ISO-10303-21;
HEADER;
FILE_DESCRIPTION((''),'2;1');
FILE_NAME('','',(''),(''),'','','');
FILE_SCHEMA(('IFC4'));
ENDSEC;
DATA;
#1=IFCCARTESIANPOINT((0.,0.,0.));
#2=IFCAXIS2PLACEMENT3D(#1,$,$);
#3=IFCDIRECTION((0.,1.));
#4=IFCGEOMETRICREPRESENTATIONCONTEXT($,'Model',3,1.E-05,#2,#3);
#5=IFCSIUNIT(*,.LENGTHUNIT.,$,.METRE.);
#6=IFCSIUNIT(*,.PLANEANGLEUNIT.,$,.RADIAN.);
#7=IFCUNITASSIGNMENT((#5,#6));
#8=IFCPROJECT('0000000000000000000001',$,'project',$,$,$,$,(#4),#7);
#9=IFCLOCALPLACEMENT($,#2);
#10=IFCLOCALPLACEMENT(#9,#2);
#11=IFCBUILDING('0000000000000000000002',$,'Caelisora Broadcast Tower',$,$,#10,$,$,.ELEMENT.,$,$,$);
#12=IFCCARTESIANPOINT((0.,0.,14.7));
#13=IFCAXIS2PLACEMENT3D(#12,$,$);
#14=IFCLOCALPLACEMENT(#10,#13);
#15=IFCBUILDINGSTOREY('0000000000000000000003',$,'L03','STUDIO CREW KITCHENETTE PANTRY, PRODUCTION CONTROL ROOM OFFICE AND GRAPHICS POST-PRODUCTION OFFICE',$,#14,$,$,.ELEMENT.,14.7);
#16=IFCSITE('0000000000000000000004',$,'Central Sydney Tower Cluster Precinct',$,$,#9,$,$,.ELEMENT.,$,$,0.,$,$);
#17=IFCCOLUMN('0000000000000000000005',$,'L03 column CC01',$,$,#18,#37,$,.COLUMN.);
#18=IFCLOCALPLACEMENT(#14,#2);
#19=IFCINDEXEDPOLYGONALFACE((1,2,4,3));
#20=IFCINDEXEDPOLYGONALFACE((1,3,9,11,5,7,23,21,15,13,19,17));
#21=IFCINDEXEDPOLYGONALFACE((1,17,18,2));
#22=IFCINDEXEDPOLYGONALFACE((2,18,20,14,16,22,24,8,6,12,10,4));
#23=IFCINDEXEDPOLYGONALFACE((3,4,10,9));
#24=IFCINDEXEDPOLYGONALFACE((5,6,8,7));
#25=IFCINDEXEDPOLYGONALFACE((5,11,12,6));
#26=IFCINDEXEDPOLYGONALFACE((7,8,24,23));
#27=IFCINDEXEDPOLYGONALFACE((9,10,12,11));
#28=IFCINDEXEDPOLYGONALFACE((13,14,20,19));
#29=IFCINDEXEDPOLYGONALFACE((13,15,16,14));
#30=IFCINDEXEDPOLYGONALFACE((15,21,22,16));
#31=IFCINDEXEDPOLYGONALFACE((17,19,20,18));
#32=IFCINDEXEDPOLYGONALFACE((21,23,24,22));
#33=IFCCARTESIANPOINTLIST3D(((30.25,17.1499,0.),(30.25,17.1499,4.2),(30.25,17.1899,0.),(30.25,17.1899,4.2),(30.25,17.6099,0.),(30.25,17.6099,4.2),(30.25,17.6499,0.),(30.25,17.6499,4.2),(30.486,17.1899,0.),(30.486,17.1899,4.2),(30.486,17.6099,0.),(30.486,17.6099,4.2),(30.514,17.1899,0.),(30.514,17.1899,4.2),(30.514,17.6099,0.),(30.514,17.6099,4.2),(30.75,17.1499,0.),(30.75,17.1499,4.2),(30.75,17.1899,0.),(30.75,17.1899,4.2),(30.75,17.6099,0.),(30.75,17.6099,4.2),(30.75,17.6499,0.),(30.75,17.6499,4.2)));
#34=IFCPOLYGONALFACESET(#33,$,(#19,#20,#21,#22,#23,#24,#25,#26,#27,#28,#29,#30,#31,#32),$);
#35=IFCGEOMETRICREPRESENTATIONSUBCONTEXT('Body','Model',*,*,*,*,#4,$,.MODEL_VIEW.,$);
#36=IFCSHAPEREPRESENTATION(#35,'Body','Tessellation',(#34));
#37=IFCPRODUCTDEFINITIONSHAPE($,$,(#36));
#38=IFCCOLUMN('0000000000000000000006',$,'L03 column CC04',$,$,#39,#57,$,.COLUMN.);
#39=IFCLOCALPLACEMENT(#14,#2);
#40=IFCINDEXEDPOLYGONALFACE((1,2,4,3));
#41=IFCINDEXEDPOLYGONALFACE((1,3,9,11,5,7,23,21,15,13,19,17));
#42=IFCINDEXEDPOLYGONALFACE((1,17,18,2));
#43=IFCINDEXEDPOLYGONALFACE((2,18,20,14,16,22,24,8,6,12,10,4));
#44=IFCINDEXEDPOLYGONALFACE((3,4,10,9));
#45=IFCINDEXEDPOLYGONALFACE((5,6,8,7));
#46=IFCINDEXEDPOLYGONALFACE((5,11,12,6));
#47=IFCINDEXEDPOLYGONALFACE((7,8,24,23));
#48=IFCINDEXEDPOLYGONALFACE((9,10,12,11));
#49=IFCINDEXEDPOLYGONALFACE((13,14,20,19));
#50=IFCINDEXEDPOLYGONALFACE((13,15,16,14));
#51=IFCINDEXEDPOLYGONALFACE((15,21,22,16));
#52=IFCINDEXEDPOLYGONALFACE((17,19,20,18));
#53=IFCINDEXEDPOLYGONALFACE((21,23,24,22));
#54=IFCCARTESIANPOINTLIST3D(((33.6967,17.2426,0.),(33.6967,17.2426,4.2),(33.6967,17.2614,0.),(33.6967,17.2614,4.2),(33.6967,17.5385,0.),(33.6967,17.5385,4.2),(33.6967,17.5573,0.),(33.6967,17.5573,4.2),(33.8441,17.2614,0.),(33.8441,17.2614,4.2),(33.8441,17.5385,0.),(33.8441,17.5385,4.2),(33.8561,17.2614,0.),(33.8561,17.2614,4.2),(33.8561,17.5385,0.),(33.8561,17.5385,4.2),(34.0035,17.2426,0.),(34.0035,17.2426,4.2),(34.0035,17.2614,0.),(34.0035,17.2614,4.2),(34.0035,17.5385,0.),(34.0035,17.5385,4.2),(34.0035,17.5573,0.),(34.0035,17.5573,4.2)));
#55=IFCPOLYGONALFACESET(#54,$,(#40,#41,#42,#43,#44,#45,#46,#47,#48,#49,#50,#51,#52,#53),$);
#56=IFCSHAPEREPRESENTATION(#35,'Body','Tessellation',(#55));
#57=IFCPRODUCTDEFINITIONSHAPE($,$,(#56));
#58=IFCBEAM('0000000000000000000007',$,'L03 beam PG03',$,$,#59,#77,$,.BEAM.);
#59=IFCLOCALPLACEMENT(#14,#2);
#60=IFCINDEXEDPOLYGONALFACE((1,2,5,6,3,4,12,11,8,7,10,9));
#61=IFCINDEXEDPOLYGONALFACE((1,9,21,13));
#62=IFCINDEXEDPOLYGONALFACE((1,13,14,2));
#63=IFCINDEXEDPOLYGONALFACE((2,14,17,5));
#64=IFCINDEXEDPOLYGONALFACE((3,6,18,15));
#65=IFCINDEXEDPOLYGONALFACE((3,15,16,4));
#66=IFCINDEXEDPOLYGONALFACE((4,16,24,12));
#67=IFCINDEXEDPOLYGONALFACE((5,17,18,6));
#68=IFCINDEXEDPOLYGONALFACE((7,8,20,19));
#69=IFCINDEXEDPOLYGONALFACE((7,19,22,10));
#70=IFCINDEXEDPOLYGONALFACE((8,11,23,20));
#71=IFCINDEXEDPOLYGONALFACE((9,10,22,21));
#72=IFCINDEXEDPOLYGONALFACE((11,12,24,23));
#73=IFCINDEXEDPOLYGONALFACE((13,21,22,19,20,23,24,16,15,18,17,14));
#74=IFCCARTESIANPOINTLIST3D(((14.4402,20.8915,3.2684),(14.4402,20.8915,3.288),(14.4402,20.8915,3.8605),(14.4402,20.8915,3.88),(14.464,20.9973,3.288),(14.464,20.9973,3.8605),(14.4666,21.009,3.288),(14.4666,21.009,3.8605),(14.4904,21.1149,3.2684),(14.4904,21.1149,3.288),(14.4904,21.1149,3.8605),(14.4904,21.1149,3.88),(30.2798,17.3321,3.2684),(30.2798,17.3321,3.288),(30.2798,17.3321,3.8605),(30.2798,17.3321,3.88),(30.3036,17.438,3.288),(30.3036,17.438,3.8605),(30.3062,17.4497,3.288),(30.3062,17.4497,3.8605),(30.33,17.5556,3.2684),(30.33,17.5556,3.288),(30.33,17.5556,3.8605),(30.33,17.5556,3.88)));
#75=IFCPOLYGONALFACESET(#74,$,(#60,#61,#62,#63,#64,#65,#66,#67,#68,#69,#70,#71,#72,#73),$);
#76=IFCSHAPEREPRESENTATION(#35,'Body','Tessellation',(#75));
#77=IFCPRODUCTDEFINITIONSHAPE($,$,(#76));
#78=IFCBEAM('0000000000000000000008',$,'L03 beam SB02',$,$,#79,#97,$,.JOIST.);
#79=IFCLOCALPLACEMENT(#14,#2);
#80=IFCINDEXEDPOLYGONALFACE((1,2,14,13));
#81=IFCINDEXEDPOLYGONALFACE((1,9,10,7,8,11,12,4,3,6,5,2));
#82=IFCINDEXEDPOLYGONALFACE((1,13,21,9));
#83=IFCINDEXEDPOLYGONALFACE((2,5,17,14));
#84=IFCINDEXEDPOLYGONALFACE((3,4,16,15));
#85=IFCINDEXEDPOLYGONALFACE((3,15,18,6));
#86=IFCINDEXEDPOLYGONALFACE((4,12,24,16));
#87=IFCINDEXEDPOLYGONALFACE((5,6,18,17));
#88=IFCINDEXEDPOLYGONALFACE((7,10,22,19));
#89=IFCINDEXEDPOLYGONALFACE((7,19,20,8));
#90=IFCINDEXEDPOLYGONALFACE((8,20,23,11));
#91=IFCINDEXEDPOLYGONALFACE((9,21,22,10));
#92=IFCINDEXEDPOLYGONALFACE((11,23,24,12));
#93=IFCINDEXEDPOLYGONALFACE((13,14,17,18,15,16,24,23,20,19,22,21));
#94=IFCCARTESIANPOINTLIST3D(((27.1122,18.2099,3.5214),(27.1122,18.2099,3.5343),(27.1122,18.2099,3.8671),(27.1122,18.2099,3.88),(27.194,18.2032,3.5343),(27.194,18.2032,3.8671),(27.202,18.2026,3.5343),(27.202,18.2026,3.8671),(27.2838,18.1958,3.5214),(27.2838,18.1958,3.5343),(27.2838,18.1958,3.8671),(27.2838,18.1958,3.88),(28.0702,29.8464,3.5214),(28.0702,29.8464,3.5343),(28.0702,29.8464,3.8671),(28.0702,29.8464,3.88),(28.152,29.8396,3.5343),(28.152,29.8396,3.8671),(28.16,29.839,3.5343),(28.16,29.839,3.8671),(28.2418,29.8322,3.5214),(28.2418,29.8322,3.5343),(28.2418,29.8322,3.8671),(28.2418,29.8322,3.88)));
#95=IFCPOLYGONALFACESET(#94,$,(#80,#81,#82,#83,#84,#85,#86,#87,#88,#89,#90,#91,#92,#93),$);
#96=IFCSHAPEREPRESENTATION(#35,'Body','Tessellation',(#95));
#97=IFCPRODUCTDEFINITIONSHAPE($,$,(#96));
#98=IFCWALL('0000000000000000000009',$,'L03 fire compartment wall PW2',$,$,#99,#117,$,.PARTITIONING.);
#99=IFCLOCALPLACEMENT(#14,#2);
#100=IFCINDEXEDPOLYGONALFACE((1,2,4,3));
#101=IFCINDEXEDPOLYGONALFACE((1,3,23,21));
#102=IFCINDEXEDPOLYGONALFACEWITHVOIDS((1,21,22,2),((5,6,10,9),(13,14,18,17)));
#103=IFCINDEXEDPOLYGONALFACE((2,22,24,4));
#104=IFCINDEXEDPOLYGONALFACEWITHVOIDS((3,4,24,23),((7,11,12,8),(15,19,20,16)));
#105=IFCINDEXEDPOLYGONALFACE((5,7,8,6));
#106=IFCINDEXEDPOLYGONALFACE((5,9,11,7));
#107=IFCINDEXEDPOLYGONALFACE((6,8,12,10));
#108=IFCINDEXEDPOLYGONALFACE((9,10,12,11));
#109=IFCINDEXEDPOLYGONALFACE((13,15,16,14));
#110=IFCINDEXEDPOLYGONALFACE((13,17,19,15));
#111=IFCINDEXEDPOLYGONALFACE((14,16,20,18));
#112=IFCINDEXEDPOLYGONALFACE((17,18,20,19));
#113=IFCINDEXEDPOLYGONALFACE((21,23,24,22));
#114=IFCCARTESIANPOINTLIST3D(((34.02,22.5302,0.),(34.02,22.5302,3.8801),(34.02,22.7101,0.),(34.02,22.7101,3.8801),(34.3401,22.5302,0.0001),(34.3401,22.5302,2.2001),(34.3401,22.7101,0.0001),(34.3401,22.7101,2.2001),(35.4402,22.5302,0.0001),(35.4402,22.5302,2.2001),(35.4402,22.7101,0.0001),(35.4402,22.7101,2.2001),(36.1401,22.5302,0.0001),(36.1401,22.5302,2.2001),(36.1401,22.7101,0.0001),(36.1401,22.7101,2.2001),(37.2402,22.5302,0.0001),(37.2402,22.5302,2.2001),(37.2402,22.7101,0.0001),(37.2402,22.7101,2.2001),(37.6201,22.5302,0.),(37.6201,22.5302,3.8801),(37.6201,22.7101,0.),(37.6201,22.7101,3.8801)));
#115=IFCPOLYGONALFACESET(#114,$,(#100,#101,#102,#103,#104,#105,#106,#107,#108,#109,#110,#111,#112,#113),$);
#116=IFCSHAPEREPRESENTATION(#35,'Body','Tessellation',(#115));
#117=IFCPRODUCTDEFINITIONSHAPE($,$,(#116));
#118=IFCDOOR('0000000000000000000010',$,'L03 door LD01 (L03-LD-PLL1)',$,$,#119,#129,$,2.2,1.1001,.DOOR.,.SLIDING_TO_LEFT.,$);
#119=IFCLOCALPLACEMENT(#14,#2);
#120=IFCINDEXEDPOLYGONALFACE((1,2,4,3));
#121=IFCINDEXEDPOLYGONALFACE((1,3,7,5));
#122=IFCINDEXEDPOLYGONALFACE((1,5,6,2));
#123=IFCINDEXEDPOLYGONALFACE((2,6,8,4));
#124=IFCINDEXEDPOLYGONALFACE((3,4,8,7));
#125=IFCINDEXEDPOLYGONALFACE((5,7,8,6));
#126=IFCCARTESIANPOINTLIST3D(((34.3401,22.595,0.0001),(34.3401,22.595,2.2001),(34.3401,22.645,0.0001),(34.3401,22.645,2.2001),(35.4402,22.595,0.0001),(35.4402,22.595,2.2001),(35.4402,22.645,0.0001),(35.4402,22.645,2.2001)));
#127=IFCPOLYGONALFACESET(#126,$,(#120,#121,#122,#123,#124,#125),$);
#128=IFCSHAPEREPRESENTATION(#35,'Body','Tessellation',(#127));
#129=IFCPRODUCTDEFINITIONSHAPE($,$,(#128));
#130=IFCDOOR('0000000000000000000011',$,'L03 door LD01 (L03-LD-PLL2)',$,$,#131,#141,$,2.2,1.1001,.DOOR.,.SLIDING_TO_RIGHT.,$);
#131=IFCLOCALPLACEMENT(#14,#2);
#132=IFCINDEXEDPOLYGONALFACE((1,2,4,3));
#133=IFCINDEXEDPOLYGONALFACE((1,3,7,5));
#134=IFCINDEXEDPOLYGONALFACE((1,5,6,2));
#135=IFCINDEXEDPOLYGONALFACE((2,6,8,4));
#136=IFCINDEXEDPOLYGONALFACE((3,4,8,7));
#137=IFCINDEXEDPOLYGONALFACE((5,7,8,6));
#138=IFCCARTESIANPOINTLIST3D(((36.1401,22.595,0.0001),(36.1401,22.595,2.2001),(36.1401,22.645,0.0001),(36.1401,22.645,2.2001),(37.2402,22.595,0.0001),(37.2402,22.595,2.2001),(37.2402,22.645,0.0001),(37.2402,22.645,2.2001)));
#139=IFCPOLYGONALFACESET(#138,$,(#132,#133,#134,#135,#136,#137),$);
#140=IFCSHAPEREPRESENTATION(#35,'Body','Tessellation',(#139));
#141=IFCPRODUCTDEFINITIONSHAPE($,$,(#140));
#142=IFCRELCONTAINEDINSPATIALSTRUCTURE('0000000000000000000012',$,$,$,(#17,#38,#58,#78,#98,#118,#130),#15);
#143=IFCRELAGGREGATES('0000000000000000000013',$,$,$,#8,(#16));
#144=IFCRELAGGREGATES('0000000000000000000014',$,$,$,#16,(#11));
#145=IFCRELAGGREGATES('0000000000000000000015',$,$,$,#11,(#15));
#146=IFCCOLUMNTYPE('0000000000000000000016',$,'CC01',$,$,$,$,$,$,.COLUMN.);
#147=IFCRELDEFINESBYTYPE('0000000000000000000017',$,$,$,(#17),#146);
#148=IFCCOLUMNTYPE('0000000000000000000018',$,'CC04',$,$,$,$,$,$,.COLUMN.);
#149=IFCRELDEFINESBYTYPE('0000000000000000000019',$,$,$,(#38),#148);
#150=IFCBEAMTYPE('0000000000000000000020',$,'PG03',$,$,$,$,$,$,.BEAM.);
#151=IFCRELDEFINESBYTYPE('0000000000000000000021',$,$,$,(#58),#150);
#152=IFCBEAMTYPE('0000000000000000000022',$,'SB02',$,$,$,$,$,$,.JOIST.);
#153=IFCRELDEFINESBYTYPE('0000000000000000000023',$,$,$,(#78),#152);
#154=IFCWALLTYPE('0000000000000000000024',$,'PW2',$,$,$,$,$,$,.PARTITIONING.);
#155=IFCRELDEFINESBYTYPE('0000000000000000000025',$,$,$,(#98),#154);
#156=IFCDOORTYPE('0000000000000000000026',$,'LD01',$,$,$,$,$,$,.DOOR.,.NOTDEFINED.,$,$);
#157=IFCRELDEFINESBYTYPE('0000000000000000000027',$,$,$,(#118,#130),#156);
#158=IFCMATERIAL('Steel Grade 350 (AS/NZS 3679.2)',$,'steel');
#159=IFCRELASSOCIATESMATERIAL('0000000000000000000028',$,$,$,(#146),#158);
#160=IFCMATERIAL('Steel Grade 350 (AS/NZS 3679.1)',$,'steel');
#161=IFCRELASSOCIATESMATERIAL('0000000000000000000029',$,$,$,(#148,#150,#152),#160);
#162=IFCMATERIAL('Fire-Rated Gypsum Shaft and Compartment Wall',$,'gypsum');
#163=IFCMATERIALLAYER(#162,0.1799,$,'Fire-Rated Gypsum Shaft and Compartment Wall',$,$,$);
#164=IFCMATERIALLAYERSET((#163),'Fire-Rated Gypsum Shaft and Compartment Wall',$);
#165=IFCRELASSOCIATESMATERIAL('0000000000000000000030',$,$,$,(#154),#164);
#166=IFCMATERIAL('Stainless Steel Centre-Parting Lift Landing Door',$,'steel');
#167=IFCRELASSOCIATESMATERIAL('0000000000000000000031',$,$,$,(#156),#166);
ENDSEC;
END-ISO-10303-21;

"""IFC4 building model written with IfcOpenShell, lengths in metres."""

from ifc_helpers import new_model, si_unit, direction, frame, frame_2d, origin, origin_2d, place, context, subcontext, project, spatial, rectangle, i_section, extrude, source, transform, mapped, material, layer, layer_set, material_profile, profile_set, type_object, type_shapes, element, fill, save


model = new_model("IFC4")

# Units and contexts
model_context = context("Model", 3, precision=1e-05, world=origin(), true_north=direction((0.0, 1.0)))
body_context = subcontext(model_context, "Body", "Model", "MODEL_VIEW")
ifc_project = project(units=[si_unit("LENGTHUNIT", "METRE"), si_unit("PLANEANGLEUNIT", "RADIAN")], contexts=[model_context])

# Site, building, storey
site_placement = place(None, origin())
site = spatial("IfcSite", under=ifc_project, at=site_placement, Name="Central Sydney Tower Cluster Precinct", CompositionType="ELEMENT", RefElevation=0.0)
building_placement = place(site_placement, origin())
building = spatial("IfcBuilding", under=site, at=building_placement, Name="Caelisora Broadcast Tower", CompositionType="ELEMENT")
storey_placement = place(building_placement, frame((0.0, 0.0, 14.7)))
storey = spatial("IfcBuildingStorey", under=building, at=storey_placement, Name="L03", Description="STUDIO CREW KITCHENETTE PANTRY, PRODUCTION CONTROL ROOM OFFICE AND GRAPHICS POST-PRODUCTION OFFICE", CompositionType="ELEMENT", Elevation=14.7)

# Columns
ifc_material_1 = material(Name="Steel Grade 350 (AS/NZS 3679.2)", Category="steel")
ifc_material_profile_1 = material_profile(ifc_material_1, i_section(OverallWidth=0.5, OverallDepth=0.5, WebThickness=0.0281, FlangeThickness=0.04, at=origin_2d()), Name="Steel Grade 350 (AS/NZS 3679.2)")
ifc_profile_set_1 = profile_set([ifc_material_profile_1], Name="Steel Grade 350 (AS/NZS 3679.2)")
column_type_1 = type_object("IfcColumnType", Name="CC01", PredefinedType="COLUMN", material=ifc_profile_set_1)
shared_shape_1 = source(origin(), body_context, "Body", "SweptSolid", [
    extrude(i_section(OverallWidth=0.5, OverallDepth=0.5, WebThickness=0.0281, FlangeThickness=0.04, at=origin_2d()), origin(), (0.0, 0.0, 1.0), 4.2),
])
type_shapes(column_type_1, [shared_shape_1])
column_1_placement = place(storey_placement, frame((30.5, 17.3999, 0.0), z_axis=(0.0, 0.0, 1.0), x_axis=(1.0, 0.0, 0.0)))
element("IfcColumn", 1, at=column_1_placement, inside=storey, type_object=column_type_1, Name="L03 column CC01", PredefinedType="COLUMN", context=body_context, shape_type="MappedRepresentation", body=[
    mapped(shared_shape_1, transform((0.0, 0.0, 0.0), scale=1.0)),
])
ifc_material_2 = material(Name="Steel Grade 350 (AS/NZS 3679.1)", Category="steel")
ifc_material_profile_2 = material_profile(ifc_material_2, i_section(OverallWidth=0.3069, OverallDepth=0.3147, WebThickness=0.012, FlangeThickness=0.0188, at=origin_2d()), Name="Steel Grade 350 (AS/NZS 3679.1)")
ifc_profile_set_2 = profile_set([ifc_material_profile_2], Name="Steel Grade 350 (AS/NZS 3679.1)")
column_type_2 = type_object("IfcColumnType", Name="CC04", PredefinedType="COLUMN", material=ifc_profile_set_2)
shared_shape_2 = source(origin(), body_context, "Body", "SweptSolid", [
    extrude(i_section(OverallWidth=0.3069, OverallDepth=0.3147, WebThickness=0.012, FlangeThickness=0.0188, at=origin_2d()), origin(), (0.0, 0.0, 1.0), 4.2),
])
type_shapes(column_type_2, [shared_shape_2])
column_2_placement = place(storey_placement, frame((33.8501, 17.3999, 0.0), z_axis=(0.0, 0.0, 1.0), x_axis=(1.0, 0.0, 0.0)))
element("IfcColumn", 2, at=column_2_placement, inside=storey, type_object=column_type_2, Name="L03 column CC04", PredefinedType="COLUMN", context=body_context, shape_type="MappedRepresentation", body=[
    mapped(shared_shape_2, transform((0.0, 0.0, 0.0), scale=1.0)),
])

# Beams
ifc_material_profile_3 = material_profile(ifc_material_2, i_section(OverallWidth=0.229, OverallDepth=0.6116, WebThickness=0.012, FlangeThickness=0.0195, at=origin_2d()), Name="Steel Grade 350 (AS/NZS 3679.1)")
ifc_profile_set_3 = profile_set([ifc_material_profile_3], Name="Steel Grade 350 (AS/NZS 3679.1)")
beam_type_1 = type_object("IfcBeamType", Name="PG03", PredefinedType="BEAM", material=ifc_profile_set_3)
shared_shape_3 = source(origin(), body_context, "Body", "SweptSolid", [
    extrude(i_section(OverallWidth=0.229, OverallDepth=0.6116, WebThickness=0.012, FlangeThickness=0.0195, at=origin_2d()), origin(), (0.0, 0.0, 1.0), 16.2346),
])
type_shapes(beam_type_1, [shared_shape_3])
beam_1_placement = place(storey_placement, frame((30.3049, 17.4438, 3.5742), z_axis=(-0.97567, 0.219243, 0.0), x_axis=(-0.219243, -0.97567, 0.0)))
element("IfcBeam", 3, at=beam_1_placement, inside=storey, type_object=beam_type_1, Name="L03 beam PG03", PredefinedType="BEAM", context=body_context, shape_type="MappedRepresentation", body=[
    mapped(shared_shape_3, transform((0.0, 0.0, 0.0), scale=1.0)),
])
ifc_material_profile_4 = material_profile(ifc_material_2, i_section(OverallWidth=0.1721, OverallDepth=0.3586, WebThickness=0.0081, FlangeThickness=0.0129, at=origin_2d()), Name="Steel Grade 350 (AS/NZS 3679.1)")
ifc_profile_set_4 = profile_set([ifc_material_profile_4], Name="Steel Grade 350 (AS/NZS 3679.1)")
beam_type_2 = type_object("IfcBeamType", Name="SB02", PredefinedType="JOIST", material=ifc_profile_set_4)
shared_shape_4 = source(origin(), body_context, "Body", "SweptSolid", [
    extrude(i_section(OverallWidth=0.1721, OverallDepth=0.3586, WebThickness=0.0081, FlangeThickness=0.0129, at=origin_2d()), origin(), (0.0, 0.0, 1.0), 11.6758),
])
type_shapes(beam_type_2, [shared_shape_4])
beam_2_placement = place(storey_placement, frame((27.198, 18.2029, 3.7007), z_axis=(0.08205, 0.996628, 0.0), x_axis=(-0.996628, 0.08205, 0.0)))
element("IfcBeam", 4, at=beam_2_placement, inside=storey, type_object=beam_type_2, Name="L03 beam SB02", PredefinedType="JOIST", context=body_context, shape_type="MappedRepresentation", body=[
    mapped(shared_shape_4, transform((0.0, 0.0, 0.0), scale=1.0)),
])

# Wall, openings, doors
ifc_material_3 = material(Name="Fire-Rated Gypsum Shaft and Compartment Wall", Category="gypsum")
ifc_layer_1 = layer(ifc_material_3, 0.1799, Name="Fire-Rated Gypsum Shaft and Compartment Wall")
ifc_layer_set_1 = layer_set([ifc_layer_1], Name="Fire-Rated Gypsum Shaft and Compartment Wall")
wall_type = type_object("IfcWallType", Name="PW2", PredefinedType="PARTITIONING", material=ifc_layer_set_1)
wall_1_placement = place(storey_placement, frame((34.02, 22.6201, 0.0), z_axis=(0.0, 0.0, 1.0), x_axis=(1.0, 0.0, 0.0)))
wall_1 = element("IfcWall", 5, at=wall_1_placement, inside=storey, type_object=wall_type, Name="L03 fire compartment wall PW2", PredefinedType="PARTITIONING", context=body_context, shape_type="SweptSolid", body=[
    extrude(rectangle(XDim=3.6001, YDim=0.1799, at=frame_2d((1.8, 0.0))), origin(), (0.0, 0.0, 1.0), 3.8801),
])
opening_1_placement = place(wall_1_placement, frame((0.3201, 0.0, 0.0)))
opening_1 = element("IfcOpeningElement", 6, at=opening_1_placement, cuts=wall_1, PredefinedType="OPENING", context=body_context, shape_type="SweptSolid", body=[
    extrude(rectangle(XDim=1.1001, YDim=2.2, at=frame_2d((0.55, 1.1001))), frame((0.0, 0.1021, 0.0), z_axis=(0.0, -1.0, 0.0), x_axis=(1.0, 0.0, 0.0)), (0.0, 0.0, 1.0), 0.2039),
])
opening_2_placement = place(wall_1_placement, frame((2.1201, 0.0, 0.0)))
opening_2 = element("IfcOpeningElement", 7, at=opening_2_placement, cuts=wall_1, PredefinedType="OPENING", context=body_context, shape_type="SweptSolid", body=[
    extrude(rectangle(XDim=1.1001, YDim=2.2, at=frame_2d((0.55, 1.1001))), frame((0.0, 0.1021, 0.0), z_axis=(0.0, -1.0, 0.0), x_axis=(1.0, 0.0, 0.0)), (0.0, 0.0, 1.0), 0.2039),
])
ifc_material_4 = material(Name="Stainless Steel Centre-Parting Lift Landing Door", Category="steel")
door_type_1 = type_object("IfcDoorType", Name="LD01", OperationType="NOTDEFINED", PredefinedType="DOOR", material=ifc_material_4)
door_1_placement = place(opening_1_placement, origin())
door_1 = element("IfcDoor", 8, at=door_1_placement, inside=storey, type_object=door_type_1, Name="L03 door LD01 (L03-LD-PLL1)", OperationType="SLIDING_TO_LEFT", OverallHeight=2.2, OverallWidth=1.1001, PredefinedType="DOOR", context=body_context, shape_type="SweptSolid", body=[
    extrude(rectangle(XDim=1.1001, YDim=2.2, at=frame_2d((0.55, 1.1001))), frame((0.0, 0.0249, 0.0), z_axis=(0.0, -1.0, 0.0), x_axis=(1.0, 0.0, 0.0)), (0.0, 0.0, 1.0), 0.05),
])
fill(opening_1, door_1)
door_2_placement = place(opening_2_placement, origin())
door_2 = element("IfcDoor", 9, at=door_2_placement, inside=storey, type_object=door_type_1, Name="L03 door LD01 (L03-LD-PLL2)", OperationType="SLIDING_TO_RIGHT", OverallHeight=2.2, OverallWidth=1.1001, PredefinedType="DOOR", context=body_context, shape_type="SweptSolid", body=[
    extrude(rectangle(XDim=1.1001, YDim=2.2, at=frame_2d((0.55, 1.1001))), frame((0.0, 0.0249, 0.0), z_axis=(0.0, -1.0, 0.0), x_axis=(1.0, 0.0, 0.0)), (0.0, 0.0, 1.0), 0.05),
])
fill(opening_2, door_2)

save(model, "model.ifc")
